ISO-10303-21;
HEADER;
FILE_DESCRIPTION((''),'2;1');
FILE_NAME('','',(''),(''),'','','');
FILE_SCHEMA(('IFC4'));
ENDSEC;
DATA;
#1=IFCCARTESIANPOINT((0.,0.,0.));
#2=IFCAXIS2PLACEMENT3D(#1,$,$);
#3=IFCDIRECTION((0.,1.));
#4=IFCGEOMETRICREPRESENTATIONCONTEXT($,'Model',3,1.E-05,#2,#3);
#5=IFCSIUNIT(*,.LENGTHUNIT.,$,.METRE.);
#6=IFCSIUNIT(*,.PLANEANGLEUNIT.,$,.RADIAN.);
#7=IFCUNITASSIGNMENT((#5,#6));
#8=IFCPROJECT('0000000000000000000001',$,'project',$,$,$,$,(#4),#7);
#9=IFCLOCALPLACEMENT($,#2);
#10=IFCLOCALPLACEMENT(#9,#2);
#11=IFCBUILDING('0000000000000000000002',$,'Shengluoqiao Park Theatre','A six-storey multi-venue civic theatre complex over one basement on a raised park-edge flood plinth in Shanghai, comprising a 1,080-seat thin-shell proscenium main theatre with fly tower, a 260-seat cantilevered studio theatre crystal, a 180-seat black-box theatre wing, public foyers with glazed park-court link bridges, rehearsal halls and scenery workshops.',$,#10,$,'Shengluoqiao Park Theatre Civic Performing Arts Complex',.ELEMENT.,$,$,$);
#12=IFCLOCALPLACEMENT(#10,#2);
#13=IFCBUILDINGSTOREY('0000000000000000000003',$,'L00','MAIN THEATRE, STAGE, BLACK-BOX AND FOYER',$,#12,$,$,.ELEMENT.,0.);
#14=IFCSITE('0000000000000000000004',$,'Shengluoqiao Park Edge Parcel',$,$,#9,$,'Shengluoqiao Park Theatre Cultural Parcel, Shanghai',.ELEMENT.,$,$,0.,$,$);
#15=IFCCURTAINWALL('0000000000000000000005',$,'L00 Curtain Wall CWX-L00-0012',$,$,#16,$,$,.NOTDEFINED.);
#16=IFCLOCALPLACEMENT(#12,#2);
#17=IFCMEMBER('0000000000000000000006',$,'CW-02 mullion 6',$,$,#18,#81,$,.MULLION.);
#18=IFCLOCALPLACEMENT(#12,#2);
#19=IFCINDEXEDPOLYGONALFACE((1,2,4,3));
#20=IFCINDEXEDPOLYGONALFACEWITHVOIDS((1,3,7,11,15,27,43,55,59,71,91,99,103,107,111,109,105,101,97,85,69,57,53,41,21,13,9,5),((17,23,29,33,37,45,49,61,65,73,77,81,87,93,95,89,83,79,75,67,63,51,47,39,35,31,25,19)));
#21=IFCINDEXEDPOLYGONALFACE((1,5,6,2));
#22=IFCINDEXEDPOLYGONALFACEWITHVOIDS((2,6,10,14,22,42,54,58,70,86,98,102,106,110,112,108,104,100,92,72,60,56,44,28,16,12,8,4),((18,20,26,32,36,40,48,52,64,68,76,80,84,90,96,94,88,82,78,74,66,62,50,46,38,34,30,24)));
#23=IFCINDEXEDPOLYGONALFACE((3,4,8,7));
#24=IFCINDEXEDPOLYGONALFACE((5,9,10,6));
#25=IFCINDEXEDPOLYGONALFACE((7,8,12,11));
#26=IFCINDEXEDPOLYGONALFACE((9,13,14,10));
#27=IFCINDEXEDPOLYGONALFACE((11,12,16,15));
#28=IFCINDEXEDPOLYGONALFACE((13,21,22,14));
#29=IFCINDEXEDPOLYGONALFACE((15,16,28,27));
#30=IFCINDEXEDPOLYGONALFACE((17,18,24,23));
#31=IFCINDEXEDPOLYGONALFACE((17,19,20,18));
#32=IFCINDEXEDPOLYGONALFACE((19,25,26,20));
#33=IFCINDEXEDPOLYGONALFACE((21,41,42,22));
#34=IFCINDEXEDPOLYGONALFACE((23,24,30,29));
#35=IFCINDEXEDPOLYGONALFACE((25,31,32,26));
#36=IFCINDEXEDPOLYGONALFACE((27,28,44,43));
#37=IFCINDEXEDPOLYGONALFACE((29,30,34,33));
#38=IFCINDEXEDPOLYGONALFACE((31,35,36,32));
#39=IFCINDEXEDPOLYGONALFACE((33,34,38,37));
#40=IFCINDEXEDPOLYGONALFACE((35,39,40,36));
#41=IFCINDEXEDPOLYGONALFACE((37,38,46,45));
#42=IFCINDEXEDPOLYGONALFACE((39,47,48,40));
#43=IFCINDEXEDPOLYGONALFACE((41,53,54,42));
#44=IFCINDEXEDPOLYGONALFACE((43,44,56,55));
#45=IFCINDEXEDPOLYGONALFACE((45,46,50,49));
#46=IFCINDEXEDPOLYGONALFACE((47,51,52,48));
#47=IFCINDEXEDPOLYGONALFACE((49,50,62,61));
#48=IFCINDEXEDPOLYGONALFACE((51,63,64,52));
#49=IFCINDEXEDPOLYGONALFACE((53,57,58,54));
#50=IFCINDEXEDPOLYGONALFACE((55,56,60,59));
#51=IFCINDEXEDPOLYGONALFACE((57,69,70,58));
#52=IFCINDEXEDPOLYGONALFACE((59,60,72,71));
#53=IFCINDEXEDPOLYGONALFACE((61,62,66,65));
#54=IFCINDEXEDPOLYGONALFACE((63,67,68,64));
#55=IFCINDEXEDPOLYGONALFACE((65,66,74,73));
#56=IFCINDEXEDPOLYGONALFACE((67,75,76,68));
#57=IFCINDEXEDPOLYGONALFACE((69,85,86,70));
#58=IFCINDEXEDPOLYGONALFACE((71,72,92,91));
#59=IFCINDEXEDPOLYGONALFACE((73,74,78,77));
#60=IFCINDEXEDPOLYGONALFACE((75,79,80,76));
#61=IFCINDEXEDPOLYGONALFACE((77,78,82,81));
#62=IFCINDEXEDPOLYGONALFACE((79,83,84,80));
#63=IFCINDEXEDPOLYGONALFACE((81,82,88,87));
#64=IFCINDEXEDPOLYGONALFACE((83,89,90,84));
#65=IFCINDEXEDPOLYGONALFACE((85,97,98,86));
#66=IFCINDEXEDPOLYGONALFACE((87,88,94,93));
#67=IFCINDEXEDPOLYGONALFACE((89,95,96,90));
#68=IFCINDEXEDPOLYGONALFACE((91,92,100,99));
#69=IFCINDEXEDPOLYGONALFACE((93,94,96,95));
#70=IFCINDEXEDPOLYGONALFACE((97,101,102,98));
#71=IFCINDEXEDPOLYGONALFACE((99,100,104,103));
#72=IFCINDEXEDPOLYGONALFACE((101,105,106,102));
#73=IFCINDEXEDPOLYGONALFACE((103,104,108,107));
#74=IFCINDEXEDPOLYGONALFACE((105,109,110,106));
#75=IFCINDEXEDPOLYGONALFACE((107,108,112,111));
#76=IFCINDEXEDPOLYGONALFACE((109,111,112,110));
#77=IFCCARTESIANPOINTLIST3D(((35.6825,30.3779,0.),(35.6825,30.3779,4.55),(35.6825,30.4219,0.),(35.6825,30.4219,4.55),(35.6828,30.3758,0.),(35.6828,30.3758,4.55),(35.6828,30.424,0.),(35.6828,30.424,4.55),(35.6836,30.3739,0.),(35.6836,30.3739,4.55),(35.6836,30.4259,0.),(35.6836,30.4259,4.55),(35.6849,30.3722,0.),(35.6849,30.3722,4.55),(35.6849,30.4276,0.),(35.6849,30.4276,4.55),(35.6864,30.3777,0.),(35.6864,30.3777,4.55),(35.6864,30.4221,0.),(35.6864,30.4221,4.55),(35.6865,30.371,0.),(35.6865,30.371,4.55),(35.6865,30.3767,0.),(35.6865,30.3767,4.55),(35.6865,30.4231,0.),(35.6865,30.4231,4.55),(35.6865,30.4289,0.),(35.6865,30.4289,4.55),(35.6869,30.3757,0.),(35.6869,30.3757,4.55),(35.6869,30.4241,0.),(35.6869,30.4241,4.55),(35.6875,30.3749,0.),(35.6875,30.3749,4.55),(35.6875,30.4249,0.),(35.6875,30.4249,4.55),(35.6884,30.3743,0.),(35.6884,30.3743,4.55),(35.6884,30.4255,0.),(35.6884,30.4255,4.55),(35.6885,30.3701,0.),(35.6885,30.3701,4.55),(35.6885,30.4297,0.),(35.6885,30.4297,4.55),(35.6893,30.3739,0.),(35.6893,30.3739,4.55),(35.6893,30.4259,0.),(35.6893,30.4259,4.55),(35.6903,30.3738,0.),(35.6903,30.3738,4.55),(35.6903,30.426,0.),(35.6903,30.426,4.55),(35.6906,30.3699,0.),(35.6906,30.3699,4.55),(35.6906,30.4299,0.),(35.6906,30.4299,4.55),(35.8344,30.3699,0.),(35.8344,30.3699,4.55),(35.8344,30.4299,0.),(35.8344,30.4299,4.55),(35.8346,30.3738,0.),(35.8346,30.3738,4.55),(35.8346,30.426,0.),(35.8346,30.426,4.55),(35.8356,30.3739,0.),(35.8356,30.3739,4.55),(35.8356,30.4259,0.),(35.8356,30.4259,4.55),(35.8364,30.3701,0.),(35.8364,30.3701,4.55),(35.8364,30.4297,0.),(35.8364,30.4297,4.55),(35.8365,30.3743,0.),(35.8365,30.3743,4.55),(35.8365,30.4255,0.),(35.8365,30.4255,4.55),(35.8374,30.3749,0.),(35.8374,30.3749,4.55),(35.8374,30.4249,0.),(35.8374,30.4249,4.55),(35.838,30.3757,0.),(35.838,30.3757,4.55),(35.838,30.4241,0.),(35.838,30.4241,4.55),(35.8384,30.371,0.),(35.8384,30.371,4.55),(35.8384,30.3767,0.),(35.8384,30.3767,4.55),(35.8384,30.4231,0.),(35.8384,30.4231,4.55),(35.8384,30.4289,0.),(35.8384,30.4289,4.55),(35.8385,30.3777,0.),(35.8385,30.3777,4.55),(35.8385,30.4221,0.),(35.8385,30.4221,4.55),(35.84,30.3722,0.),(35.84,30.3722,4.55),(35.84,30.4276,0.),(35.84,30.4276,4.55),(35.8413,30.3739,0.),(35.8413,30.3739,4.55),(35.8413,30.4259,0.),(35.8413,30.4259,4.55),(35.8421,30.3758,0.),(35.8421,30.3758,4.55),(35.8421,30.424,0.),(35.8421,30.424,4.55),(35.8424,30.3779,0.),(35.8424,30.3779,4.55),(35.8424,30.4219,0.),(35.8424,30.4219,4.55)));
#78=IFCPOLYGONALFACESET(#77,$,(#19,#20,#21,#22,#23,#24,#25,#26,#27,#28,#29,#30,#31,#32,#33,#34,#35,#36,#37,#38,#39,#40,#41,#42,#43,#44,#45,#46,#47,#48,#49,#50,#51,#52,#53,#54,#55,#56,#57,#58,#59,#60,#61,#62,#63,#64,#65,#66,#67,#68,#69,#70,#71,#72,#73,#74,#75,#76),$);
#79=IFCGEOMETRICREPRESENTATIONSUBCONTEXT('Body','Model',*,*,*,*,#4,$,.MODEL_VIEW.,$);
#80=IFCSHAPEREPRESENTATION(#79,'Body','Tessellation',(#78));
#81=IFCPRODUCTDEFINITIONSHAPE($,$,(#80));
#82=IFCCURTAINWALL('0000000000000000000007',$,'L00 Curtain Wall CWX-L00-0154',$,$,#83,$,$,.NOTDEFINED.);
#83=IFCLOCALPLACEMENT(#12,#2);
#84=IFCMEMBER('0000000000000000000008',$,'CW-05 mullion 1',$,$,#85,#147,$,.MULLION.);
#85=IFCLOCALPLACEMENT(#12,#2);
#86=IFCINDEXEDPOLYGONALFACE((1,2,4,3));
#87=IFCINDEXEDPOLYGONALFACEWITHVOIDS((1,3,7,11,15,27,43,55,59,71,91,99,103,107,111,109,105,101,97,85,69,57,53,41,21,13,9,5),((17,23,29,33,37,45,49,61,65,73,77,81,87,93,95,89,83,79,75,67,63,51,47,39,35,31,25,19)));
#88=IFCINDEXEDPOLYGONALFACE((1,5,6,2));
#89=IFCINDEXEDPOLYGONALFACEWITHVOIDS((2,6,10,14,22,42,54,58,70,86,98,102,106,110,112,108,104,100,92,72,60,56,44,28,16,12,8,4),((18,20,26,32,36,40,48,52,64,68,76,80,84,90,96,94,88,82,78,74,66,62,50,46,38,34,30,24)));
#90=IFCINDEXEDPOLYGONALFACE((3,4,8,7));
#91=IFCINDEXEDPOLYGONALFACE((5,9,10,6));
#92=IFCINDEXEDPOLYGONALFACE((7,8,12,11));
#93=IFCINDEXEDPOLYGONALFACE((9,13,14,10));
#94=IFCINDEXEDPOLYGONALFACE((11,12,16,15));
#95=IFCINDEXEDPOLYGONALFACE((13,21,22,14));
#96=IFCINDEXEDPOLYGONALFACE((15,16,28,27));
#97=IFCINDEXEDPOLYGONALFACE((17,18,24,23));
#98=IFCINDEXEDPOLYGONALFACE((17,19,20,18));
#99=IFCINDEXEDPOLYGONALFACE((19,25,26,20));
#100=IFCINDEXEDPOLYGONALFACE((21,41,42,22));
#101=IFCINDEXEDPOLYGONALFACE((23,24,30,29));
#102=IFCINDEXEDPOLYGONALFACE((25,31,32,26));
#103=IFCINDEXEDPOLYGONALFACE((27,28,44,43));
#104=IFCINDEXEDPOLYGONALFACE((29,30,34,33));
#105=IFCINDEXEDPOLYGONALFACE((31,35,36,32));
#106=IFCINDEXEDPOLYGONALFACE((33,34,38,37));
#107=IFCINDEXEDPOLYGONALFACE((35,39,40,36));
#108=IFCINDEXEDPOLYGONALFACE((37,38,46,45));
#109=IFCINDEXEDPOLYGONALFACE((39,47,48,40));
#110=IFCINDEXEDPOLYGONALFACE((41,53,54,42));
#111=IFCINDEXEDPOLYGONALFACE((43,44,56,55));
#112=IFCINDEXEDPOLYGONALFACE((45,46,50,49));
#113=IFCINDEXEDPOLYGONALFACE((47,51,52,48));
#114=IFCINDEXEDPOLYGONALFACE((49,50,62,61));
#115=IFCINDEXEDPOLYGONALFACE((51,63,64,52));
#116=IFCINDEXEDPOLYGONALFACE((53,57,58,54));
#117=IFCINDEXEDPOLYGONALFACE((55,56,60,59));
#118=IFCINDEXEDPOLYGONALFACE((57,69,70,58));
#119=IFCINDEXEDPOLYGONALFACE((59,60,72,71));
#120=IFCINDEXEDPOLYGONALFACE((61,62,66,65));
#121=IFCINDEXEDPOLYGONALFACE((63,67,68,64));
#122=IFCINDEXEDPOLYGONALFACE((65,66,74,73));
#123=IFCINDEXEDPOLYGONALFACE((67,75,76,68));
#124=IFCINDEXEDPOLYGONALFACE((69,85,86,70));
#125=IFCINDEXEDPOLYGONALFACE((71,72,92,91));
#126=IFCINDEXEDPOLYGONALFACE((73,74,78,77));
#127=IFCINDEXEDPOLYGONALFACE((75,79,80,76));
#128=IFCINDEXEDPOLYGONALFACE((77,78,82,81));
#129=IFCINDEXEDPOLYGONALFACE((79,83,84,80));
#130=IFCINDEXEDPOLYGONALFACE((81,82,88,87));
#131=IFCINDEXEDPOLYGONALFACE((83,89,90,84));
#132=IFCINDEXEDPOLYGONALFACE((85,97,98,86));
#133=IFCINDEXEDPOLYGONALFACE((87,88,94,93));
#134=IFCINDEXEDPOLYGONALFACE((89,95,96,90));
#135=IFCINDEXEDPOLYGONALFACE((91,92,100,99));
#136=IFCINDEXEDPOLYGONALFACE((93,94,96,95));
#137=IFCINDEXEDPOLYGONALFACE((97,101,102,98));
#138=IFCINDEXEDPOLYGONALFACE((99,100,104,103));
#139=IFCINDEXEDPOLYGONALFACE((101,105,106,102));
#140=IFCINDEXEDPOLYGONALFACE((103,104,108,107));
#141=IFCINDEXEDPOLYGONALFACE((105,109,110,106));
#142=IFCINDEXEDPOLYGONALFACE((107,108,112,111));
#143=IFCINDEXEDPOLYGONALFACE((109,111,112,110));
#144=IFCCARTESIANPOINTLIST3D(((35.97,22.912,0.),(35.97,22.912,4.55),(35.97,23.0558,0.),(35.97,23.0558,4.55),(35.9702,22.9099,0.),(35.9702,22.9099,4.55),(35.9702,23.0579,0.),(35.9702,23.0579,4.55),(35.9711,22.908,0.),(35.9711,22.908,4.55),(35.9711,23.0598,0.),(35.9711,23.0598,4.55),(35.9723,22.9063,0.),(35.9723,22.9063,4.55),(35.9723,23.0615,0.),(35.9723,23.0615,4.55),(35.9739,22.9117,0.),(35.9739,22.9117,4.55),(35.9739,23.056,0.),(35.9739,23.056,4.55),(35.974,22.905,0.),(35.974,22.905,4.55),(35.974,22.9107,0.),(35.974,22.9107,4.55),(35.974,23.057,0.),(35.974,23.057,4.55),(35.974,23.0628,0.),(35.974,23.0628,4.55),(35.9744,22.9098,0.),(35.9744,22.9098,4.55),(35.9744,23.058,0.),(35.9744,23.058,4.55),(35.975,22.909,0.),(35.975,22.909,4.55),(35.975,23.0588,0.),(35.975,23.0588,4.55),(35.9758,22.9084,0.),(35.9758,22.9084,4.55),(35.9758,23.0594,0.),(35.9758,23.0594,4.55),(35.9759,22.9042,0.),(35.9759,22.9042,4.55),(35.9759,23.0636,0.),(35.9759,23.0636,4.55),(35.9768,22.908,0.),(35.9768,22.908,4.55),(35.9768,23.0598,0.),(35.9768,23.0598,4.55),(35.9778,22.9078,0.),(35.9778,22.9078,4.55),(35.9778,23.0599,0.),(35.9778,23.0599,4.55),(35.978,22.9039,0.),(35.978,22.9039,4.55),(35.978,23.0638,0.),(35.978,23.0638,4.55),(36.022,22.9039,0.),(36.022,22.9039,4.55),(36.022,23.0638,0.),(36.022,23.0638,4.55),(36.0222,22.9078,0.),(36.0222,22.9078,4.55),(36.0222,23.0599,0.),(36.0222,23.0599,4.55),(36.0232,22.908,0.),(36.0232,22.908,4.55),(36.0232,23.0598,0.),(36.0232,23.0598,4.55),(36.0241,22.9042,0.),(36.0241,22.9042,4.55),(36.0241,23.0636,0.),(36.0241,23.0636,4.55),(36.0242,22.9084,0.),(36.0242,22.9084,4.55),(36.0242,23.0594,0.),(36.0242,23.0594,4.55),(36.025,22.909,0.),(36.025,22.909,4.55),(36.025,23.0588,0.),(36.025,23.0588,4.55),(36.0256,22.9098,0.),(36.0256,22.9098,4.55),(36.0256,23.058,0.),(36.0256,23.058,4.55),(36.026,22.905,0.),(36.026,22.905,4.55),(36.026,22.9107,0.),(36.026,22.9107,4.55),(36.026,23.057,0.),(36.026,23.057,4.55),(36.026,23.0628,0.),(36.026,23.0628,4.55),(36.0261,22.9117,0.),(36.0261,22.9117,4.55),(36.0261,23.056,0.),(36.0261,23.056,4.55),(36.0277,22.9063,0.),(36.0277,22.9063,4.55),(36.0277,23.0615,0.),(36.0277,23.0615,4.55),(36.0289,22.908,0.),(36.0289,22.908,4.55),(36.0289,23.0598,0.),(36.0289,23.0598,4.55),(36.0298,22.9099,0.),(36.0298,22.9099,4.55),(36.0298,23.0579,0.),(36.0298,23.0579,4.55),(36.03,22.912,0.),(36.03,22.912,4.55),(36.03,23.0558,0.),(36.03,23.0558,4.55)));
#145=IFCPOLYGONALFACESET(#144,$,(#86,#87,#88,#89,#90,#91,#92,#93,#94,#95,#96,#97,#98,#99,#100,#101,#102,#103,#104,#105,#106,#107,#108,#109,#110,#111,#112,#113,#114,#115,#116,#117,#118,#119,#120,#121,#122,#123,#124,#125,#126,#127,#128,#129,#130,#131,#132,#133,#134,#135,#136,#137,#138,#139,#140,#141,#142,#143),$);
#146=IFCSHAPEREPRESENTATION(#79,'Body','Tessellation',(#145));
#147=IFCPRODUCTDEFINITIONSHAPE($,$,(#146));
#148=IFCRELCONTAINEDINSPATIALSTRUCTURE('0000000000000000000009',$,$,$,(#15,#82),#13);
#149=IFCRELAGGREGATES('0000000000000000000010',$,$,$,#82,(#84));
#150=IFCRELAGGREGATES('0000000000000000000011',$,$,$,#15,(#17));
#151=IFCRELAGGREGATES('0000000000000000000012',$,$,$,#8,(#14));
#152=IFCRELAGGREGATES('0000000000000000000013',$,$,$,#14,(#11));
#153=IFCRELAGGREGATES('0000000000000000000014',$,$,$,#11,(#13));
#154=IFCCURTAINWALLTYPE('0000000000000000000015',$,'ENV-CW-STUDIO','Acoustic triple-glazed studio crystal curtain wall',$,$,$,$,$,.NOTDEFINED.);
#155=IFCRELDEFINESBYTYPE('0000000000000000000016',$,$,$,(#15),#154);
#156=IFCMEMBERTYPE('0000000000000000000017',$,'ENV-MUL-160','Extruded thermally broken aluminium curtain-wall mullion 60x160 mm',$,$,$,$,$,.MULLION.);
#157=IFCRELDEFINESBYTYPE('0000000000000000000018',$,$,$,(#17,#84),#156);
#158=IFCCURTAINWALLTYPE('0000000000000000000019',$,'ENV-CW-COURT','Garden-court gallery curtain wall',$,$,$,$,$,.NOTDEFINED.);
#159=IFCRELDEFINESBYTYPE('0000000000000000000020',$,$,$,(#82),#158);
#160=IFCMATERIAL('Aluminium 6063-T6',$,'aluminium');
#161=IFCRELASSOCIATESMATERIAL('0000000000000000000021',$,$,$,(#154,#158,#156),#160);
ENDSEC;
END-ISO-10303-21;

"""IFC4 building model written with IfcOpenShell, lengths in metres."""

from ifc_helpers import new_model, si_unit, direction, frame, origin, origin_2d, place, context, subcontext, project, spatial, hollow_rectangle, extrude, material, material_profile, profile_set, type_object, element, aggregate, save


model = new_model("IFC4")

# Units and contexts
model_context = context("Model", 3, precision=1e-05, world=origin(), true_north=direction((0.0, 1.0)))
body_context = subcontext(model_context, "Body", "Model", "MODEL_VIEW")
ifc_project = project(units=[si_unit("LENGTHUNIT", "METRE"), si_unit("PLANEANGLEUNIT", "RADIAN")], contexts=[model_context])

# Site, building, storey
site_placement = place(None, origin())
site = spatial("IfcSite", under=ifc_project, at=site_placement, Name="Shengluoqiao Park Edge Parcel", LongName="Shengluoqiao Park Theatre Cultural Parcel, Shanghai", CompositionType="ELEMENT", RefElevation=0.0)
building_placement = place(site_placement, origin())
building = spatial("IfcBuilding", under=site, at=building_placement, Name="Shengluoqiao Park Theatre", Description="A six-storey multi-venue civic theatre complex over one basement on a raised park-edge flood plinth in Shanghai, comprising a 1,080-seat thin-shell proscenium main theatre with fly tower, a 260-seat cantilevered studio theatre crystal, a 180-seat black-box theatre wing, public foyers with glazed park-court link bridges, rehearsal halls and scenery workshops.", LongName="Shengluoqiao Park Theatre Civic Performing Arts Complex", CompositionType="ELEMENT")
storey_placement = place(building_placement, origin())
storey = spatial("IfcBuildingStorey", under=building, at=storey_placement, Name="L00", Description="MAIN THEATRE, STAGE, BLACK-BOX AND FOYER", CompositionType="ELEMENT", Elevation=0.0)

# Curtain wall, member
ifc_material_1 = material(Name="Aluminium 6063-T6", Category="aluminium")
curtain_wall_type_1 = type_object("IfcCurtainWallType", Name="ENV-CW-STUDIO", Description="Acoustic triple-glazed studio crystal curtain wall", PredefinedType="NOTDEFINED", material=ifc_material_1)
curtain_wall_1_placement = place(storey_placement, origin())
curtain_wall_1 = element("IfcCurtainWall", 1, at=curtain_wall_1_placement, inside=storey, type_object=curtain_wall_type_1, Name="L00 Curtain Wall CWX-L00-0012", PredefinedType="NOTDEFINED")
ifc_material_profile_1 = material_profile(ifc_material_1, hollow_rectangle(XDim=0.0601, YDim=0.1599, WallThickness=0.0039, InnerFilletRadius=0.0039, OuterFilletRadius=0.0081, at=origin_2d()), Name="ALU MULLION 160x60x4")
ifc_profile_set_1 = profile_set([ifc_material_profile_1], Name="Aluminium 6063-T6")
member_type_1 = type_object("IfcMemberType", Name="ENV-MUL-160", Description="Extruded thermally broken aluminium curtain-wall mullion 60x160 mm", PredefinedType="MULLION", material=ifc_profile_set_1)
member_1_placement = place(storey_placement, frame((35.7625, 30.3999, 0.0), z_axis=(0.0, 0.0, 1.0), x_axis=(0.0, 1.0, 0.0)))
member_1 = element("IfcMember", 2, at=member_1_placement, type_object=member_type_1, Name="CW-02 mullion 6", PredefinedType="MULLION", context=body_context, shape_type="SweptSolid", body=[
    extrude(hollow_rectangle(XDim=0.0601, YDim=0.1599, WallThickness=0.0039, InnerFilletRadius=0.0039, OuterFilletRadius=0.0081, at=origin_2d()), origin(), (0.0, 0.0, 1.0), 4.55),
])

# Curtain wall, member
curtain_wall_type_2 = type_object("IfcCurtainWallType", Name="ENV-CW-COURT", Description="Garden-court gallery curtain wall", PredefinedType="NOTDEFINED", material=ifc_material_1)
curtain_wall_2_placement = place(storey_placement, origin())
curtain_wall_2 = element("IfcCurtainWall", 3, at=curtain_wall_2_placement, inside=storey, type_object=curtain_wall_type_2, Name="L00 Curtain Wall CWX-L00-0154", PredefinedType="NOTDEFINED")
member_2_placement = place(storey_placement, frame((36.0, 22.9839, 0.0), z_axis=(0.0, 0.0, 1.0), x_axis=(-1.0, 0.0, 0.0)))
member_2 = element("IfcMember", 4, at=member_2_placement, type_object=member_type_1, Name="CW-05 mullion 1", PredefinedType="MULLION", context=body_context, shape_type="SweptSolid", body=[
    extrude(hollow_rectangle(XDim=0.0601, YDim=0.1599, WallThickness=0.0039, InnerFilletRadius=0.0039, OuterFilletRadius=0.0081, at=origin_2d()), origin(), (0.0, 0.0, 1.0), 4.55),
])

aggregate(curtain_wall_2, [member_2])

aggregate(curtain_wall_1, [member_1])

save(model, "model.ifc")
